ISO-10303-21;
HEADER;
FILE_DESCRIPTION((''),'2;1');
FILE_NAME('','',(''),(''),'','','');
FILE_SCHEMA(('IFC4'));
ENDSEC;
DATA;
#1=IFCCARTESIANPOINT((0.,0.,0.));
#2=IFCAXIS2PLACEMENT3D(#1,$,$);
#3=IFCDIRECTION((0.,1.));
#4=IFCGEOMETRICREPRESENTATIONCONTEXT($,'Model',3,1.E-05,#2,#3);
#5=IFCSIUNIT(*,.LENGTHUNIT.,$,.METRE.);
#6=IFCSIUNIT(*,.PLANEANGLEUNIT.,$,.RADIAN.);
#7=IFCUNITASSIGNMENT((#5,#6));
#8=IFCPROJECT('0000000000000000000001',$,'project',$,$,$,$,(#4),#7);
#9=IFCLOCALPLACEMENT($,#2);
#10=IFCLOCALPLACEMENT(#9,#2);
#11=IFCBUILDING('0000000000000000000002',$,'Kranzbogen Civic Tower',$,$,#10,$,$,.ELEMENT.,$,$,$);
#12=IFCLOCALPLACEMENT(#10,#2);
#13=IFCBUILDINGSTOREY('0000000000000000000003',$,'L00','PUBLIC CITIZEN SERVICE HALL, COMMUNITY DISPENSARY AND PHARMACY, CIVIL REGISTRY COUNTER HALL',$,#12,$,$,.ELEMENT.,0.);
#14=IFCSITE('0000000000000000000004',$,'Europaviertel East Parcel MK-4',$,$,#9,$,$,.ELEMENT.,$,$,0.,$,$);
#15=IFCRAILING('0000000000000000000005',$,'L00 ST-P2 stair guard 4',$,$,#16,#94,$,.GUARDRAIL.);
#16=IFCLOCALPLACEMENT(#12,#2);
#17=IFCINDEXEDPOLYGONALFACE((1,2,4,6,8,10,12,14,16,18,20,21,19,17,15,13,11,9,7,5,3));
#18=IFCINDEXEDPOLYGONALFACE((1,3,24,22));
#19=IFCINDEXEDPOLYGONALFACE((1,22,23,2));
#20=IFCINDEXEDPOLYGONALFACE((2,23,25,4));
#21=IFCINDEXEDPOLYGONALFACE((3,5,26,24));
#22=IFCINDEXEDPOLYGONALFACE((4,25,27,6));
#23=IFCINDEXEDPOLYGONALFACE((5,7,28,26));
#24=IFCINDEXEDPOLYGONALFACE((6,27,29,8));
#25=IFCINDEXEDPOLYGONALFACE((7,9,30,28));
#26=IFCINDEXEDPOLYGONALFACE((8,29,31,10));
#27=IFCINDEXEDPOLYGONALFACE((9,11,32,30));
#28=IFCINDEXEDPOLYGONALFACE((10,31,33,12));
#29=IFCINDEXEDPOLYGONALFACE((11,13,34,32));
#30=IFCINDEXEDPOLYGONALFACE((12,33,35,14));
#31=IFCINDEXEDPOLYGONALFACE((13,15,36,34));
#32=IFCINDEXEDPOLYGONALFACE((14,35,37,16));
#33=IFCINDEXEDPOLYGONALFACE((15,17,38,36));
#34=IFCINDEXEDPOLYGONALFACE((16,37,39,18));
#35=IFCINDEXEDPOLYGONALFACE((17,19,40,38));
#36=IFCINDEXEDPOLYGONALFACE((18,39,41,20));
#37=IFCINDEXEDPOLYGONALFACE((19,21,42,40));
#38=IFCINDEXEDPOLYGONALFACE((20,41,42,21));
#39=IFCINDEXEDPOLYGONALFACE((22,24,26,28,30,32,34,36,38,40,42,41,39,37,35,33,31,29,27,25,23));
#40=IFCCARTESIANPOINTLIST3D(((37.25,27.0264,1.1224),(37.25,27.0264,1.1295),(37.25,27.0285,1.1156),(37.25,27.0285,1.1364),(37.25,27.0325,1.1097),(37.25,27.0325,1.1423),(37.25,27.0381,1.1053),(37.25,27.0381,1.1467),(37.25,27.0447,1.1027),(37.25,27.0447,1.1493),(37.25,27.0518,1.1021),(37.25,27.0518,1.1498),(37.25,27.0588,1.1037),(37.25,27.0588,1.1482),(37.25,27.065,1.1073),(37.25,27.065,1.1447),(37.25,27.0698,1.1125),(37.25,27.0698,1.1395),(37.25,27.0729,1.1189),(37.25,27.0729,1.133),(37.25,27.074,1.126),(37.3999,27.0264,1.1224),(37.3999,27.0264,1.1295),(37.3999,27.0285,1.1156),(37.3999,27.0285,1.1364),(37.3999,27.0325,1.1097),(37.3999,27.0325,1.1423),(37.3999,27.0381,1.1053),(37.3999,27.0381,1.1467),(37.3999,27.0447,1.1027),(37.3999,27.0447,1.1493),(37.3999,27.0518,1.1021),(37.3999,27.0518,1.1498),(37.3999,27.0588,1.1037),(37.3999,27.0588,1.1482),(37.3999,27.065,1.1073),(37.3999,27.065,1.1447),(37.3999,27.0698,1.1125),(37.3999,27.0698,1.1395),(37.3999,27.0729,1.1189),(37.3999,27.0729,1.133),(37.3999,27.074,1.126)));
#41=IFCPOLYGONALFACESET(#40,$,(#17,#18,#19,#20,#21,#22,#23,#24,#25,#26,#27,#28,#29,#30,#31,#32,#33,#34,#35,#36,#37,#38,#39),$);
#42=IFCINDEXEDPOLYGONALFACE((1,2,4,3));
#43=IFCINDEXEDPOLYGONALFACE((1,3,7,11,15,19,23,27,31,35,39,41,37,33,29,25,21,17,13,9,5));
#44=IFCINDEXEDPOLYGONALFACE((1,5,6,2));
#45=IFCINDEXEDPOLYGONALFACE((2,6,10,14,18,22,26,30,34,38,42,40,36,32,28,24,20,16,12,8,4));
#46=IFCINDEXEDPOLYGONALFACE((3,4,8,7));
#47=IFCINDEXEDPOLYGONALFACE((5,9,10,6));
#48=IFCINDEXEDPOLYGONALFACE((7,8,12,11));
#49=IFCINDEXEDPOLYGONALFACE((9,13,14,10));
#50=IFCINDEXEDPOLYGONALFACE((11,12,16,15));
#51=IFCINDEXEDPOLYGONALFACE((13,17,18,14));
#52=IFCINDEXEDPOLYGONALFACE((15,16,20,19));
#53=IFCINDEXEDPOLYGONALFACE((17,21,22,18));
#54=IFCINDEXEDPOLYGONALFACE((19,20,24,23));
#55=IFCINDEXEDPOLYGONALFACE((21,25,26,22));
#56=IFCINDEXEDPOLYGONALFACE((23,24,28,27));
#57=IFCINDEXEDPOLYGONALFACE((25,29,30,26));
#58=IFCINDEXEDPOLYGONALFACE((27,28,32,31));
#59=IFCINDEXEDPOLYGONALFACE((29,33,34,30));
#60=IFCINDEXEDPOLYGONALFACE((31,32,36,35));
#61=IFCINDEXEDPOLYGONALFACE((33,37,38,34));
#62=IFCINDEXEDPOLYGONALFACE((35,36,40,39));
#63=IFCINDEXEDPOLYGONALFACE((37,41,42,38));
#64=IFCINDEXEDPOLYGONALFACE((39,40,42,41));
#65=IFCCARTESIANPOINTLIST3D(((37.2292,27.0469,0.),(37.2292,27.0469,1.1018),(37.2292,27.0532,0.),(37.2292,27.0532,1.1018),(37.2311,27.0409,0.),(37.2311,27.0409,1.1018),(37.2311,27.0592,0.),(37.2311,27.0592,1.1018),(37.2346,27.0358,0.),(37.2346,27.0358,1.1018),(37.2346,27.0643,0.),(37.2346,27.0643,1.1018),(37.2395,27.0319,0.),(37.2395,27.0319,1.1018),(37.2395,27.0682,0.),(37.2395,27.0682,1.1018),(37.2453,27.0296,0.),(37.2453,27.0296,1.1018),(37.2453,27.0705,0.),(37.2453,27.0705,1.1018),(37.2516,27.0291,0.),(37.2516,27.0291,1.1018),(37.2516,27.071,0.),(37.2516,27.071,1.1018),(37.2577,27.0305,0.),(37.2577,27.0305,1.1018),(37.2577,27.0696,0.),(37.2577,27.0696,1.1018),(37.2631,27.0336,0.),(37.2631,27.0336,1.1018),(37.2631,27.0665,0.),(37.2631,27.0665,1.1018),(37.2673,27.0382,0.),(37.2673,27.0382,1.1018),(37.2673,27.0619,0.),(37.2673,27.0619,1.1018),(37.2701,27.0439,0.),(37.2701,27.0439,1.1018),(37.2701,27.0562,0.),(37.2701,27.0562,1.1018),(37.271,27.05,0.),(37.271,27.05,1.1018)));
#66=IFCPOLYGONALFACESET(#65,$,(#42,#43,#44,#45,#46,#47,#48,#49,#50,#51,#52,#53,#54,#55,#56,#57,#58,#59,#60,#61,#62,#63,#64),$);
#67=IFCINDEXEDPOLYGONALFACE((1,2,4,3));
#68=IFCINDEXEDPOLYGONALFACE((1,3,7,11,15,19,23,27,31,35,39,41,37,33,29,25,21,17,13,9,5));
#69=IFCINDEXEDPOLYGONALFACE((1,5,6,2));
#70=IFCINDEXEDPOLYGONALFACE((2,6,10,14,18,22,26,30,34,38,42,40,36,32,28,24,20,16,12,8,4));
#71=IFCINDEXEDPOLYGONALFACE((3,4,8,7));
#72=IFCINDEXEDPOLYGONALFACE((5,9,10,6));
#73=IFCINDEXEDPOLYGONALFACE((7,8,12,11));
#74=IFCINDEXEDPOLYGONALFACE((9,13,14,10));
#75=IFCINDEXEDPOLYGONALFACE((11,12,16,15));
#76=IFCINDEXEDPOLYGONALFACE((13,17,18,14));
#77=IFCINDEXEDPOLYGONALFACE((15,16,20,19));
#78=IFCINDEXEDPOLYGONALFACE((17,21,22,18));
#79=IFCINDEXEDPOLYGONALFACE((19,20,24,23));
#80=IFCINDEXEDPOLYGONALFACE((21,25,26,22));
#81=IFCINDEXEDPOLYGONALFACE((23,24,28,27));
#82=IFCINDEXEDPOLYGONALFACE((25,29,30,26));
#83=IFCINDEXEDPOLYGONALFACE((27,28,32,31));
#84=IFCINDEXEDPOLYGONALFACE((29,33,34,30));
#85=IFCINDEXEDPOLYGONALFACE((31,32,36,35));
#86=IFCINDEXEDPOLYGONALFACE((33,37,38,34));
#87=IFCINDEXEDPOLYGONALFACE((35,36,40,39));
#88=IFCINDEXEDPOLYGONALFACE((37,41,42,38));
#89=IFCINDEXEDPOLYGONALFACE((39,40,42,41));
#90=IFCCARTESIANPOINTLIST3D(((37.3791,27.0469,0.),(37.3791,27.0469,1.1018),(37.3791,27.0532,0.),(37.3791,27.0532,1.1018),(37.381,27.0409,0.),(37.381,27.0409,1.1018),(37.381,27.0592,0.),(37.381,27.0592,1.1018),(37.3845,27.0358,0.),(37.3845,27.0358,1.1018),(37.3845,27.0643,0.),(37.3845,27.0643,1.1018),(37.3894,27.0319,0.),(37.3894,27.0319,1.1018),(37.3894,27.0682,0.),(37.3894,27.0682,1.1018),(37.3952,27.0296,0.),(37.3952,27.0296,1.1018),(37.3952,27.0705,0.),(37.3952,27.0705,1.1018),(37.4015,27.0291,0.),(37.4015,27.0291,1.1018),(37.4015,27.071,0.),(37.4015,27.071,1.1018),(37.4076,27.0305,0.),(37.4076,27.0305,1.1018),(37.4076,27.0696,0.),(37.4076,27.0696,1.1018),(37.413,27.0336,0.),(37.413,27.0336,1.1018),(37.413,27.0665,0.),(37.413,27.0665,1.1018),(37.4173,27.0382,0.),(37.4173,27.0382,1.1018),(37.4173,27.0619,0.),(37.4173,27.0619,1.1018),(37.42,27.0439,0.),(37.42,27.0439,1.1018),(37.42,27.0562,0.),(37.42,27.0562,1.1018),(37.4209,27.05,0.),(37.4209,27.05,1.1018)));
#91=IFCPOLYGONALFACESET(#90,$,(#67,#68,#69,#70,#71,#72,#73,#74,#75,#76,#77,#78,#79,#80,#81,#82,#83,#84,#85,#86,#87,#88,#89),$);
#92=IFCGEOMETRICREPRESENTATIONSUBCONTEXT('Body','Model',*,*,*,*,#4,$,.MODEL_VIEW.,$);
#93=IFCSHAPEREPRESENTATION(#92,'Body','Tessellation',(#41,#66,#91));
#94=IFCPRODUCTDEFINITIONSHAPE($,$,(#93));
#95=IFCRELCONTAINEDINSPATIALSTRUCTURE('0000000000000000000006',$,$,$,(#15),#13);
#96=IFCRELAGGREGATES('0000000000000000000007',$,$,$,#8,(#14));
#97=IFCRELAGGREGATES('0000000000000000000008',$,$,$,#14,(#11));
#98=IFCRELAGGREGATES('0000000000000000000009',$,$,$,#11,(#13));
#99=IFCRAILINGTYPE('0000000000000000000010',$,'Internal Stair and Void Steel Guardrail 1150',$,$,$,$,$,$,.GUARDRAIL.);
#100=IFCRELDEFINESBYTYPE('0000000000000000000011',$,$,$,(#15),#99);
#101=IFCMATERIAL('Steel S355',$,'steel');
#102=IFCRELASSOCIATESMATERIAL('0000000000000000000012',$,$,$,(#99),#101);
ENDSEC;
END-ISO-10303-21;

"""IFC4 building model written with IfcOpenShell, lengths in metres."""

from ifc_helpers import new_model, si_unit, direction, frame, origin, origin_2d, place, context, subcontext, project, spatial, circle, extrude, material, type_object, element, save


model = new_model("IFC4")

# Units and contexts
model_context = context("Model", 3, precision=1e-05, world=origin(), true_north=direction((0.0, 1.0)))
body_context = subcontext(model_context, "Body", "Model", "MODEL_VIEW")
ifc_project = project(units=[si_unit("LENGTHUNIT", "METRE"), si_unit("PLANEANGLEUNIT", "RADIAN")], contexts=[model_context])

# Site, building, storey
site_placement = place(None, origin())
site = spatial("IfcSite", under=ifc_project, at=site_placement, Name="Europaviertel East Parcel MK-4", CompositionType="ELEMENT", RefElevation=0.0)
building_placement = place(site_placement, origin())
building = spatial("IfcBuilding", under=site, at=building_placement, Name="Kranzbogen Civic Tower", CompositionType="ELEMENT")
storey_placement = place(building_placement, origin())
storey = spatial("IfcBuildingStorey", under=building, at=storey_placement, Name="L00", Description="PUBLIC CITIZEN SERVICE HALL, COMMUNITY DISPENSARY AND PHARMACY, CIVIL REGISTRY COUNTER HALL", CompositionType="ELEMENT", Elevation=0.0)

# Shared definitions
ifc_material_1 = material(Name="Steel S355", Category="steel")

# Railing
railing_type_1 = type_object("IfcRailingType", Name="Internal Stair and Void Steel Guardrail 1150", PredefinedType="GUARDRAIL", material=ifc_material_1)
railing_1_placement = place(storey_placement, frame((37.25, 27.05, 0.0)))
element("IfcRailing", 1, at=railing_1_placement, inside=storey, type_object=railing_type_1, Name="L00 ST-P2 stair guard 4", PredefinedType="GUARDRAIL", context=body_context, shape_type="SweptSolid", body=[
    extrude(circle(Radius=0.0239, at=origin_2d()), frame((0.0, 0.0, 1.126), z_axis=(1.0, 0.0, 0.0), x_axis=(0.0, 1.0, 0.0)), (0.0, 0.0, 1.0), 0.1499),
    extrude(circle(Radius=0.021, at=origin_2d()), origin(), (0.0, 0.0, 1.0), 1.1018),
    extrude(circle(Radius=0.021, at=origin_2d()), frame((0.1499, 0.0, 0.0)), (0.0, 0.0, 1.0), 1.1018),
])

save(model, "model.ifc")
